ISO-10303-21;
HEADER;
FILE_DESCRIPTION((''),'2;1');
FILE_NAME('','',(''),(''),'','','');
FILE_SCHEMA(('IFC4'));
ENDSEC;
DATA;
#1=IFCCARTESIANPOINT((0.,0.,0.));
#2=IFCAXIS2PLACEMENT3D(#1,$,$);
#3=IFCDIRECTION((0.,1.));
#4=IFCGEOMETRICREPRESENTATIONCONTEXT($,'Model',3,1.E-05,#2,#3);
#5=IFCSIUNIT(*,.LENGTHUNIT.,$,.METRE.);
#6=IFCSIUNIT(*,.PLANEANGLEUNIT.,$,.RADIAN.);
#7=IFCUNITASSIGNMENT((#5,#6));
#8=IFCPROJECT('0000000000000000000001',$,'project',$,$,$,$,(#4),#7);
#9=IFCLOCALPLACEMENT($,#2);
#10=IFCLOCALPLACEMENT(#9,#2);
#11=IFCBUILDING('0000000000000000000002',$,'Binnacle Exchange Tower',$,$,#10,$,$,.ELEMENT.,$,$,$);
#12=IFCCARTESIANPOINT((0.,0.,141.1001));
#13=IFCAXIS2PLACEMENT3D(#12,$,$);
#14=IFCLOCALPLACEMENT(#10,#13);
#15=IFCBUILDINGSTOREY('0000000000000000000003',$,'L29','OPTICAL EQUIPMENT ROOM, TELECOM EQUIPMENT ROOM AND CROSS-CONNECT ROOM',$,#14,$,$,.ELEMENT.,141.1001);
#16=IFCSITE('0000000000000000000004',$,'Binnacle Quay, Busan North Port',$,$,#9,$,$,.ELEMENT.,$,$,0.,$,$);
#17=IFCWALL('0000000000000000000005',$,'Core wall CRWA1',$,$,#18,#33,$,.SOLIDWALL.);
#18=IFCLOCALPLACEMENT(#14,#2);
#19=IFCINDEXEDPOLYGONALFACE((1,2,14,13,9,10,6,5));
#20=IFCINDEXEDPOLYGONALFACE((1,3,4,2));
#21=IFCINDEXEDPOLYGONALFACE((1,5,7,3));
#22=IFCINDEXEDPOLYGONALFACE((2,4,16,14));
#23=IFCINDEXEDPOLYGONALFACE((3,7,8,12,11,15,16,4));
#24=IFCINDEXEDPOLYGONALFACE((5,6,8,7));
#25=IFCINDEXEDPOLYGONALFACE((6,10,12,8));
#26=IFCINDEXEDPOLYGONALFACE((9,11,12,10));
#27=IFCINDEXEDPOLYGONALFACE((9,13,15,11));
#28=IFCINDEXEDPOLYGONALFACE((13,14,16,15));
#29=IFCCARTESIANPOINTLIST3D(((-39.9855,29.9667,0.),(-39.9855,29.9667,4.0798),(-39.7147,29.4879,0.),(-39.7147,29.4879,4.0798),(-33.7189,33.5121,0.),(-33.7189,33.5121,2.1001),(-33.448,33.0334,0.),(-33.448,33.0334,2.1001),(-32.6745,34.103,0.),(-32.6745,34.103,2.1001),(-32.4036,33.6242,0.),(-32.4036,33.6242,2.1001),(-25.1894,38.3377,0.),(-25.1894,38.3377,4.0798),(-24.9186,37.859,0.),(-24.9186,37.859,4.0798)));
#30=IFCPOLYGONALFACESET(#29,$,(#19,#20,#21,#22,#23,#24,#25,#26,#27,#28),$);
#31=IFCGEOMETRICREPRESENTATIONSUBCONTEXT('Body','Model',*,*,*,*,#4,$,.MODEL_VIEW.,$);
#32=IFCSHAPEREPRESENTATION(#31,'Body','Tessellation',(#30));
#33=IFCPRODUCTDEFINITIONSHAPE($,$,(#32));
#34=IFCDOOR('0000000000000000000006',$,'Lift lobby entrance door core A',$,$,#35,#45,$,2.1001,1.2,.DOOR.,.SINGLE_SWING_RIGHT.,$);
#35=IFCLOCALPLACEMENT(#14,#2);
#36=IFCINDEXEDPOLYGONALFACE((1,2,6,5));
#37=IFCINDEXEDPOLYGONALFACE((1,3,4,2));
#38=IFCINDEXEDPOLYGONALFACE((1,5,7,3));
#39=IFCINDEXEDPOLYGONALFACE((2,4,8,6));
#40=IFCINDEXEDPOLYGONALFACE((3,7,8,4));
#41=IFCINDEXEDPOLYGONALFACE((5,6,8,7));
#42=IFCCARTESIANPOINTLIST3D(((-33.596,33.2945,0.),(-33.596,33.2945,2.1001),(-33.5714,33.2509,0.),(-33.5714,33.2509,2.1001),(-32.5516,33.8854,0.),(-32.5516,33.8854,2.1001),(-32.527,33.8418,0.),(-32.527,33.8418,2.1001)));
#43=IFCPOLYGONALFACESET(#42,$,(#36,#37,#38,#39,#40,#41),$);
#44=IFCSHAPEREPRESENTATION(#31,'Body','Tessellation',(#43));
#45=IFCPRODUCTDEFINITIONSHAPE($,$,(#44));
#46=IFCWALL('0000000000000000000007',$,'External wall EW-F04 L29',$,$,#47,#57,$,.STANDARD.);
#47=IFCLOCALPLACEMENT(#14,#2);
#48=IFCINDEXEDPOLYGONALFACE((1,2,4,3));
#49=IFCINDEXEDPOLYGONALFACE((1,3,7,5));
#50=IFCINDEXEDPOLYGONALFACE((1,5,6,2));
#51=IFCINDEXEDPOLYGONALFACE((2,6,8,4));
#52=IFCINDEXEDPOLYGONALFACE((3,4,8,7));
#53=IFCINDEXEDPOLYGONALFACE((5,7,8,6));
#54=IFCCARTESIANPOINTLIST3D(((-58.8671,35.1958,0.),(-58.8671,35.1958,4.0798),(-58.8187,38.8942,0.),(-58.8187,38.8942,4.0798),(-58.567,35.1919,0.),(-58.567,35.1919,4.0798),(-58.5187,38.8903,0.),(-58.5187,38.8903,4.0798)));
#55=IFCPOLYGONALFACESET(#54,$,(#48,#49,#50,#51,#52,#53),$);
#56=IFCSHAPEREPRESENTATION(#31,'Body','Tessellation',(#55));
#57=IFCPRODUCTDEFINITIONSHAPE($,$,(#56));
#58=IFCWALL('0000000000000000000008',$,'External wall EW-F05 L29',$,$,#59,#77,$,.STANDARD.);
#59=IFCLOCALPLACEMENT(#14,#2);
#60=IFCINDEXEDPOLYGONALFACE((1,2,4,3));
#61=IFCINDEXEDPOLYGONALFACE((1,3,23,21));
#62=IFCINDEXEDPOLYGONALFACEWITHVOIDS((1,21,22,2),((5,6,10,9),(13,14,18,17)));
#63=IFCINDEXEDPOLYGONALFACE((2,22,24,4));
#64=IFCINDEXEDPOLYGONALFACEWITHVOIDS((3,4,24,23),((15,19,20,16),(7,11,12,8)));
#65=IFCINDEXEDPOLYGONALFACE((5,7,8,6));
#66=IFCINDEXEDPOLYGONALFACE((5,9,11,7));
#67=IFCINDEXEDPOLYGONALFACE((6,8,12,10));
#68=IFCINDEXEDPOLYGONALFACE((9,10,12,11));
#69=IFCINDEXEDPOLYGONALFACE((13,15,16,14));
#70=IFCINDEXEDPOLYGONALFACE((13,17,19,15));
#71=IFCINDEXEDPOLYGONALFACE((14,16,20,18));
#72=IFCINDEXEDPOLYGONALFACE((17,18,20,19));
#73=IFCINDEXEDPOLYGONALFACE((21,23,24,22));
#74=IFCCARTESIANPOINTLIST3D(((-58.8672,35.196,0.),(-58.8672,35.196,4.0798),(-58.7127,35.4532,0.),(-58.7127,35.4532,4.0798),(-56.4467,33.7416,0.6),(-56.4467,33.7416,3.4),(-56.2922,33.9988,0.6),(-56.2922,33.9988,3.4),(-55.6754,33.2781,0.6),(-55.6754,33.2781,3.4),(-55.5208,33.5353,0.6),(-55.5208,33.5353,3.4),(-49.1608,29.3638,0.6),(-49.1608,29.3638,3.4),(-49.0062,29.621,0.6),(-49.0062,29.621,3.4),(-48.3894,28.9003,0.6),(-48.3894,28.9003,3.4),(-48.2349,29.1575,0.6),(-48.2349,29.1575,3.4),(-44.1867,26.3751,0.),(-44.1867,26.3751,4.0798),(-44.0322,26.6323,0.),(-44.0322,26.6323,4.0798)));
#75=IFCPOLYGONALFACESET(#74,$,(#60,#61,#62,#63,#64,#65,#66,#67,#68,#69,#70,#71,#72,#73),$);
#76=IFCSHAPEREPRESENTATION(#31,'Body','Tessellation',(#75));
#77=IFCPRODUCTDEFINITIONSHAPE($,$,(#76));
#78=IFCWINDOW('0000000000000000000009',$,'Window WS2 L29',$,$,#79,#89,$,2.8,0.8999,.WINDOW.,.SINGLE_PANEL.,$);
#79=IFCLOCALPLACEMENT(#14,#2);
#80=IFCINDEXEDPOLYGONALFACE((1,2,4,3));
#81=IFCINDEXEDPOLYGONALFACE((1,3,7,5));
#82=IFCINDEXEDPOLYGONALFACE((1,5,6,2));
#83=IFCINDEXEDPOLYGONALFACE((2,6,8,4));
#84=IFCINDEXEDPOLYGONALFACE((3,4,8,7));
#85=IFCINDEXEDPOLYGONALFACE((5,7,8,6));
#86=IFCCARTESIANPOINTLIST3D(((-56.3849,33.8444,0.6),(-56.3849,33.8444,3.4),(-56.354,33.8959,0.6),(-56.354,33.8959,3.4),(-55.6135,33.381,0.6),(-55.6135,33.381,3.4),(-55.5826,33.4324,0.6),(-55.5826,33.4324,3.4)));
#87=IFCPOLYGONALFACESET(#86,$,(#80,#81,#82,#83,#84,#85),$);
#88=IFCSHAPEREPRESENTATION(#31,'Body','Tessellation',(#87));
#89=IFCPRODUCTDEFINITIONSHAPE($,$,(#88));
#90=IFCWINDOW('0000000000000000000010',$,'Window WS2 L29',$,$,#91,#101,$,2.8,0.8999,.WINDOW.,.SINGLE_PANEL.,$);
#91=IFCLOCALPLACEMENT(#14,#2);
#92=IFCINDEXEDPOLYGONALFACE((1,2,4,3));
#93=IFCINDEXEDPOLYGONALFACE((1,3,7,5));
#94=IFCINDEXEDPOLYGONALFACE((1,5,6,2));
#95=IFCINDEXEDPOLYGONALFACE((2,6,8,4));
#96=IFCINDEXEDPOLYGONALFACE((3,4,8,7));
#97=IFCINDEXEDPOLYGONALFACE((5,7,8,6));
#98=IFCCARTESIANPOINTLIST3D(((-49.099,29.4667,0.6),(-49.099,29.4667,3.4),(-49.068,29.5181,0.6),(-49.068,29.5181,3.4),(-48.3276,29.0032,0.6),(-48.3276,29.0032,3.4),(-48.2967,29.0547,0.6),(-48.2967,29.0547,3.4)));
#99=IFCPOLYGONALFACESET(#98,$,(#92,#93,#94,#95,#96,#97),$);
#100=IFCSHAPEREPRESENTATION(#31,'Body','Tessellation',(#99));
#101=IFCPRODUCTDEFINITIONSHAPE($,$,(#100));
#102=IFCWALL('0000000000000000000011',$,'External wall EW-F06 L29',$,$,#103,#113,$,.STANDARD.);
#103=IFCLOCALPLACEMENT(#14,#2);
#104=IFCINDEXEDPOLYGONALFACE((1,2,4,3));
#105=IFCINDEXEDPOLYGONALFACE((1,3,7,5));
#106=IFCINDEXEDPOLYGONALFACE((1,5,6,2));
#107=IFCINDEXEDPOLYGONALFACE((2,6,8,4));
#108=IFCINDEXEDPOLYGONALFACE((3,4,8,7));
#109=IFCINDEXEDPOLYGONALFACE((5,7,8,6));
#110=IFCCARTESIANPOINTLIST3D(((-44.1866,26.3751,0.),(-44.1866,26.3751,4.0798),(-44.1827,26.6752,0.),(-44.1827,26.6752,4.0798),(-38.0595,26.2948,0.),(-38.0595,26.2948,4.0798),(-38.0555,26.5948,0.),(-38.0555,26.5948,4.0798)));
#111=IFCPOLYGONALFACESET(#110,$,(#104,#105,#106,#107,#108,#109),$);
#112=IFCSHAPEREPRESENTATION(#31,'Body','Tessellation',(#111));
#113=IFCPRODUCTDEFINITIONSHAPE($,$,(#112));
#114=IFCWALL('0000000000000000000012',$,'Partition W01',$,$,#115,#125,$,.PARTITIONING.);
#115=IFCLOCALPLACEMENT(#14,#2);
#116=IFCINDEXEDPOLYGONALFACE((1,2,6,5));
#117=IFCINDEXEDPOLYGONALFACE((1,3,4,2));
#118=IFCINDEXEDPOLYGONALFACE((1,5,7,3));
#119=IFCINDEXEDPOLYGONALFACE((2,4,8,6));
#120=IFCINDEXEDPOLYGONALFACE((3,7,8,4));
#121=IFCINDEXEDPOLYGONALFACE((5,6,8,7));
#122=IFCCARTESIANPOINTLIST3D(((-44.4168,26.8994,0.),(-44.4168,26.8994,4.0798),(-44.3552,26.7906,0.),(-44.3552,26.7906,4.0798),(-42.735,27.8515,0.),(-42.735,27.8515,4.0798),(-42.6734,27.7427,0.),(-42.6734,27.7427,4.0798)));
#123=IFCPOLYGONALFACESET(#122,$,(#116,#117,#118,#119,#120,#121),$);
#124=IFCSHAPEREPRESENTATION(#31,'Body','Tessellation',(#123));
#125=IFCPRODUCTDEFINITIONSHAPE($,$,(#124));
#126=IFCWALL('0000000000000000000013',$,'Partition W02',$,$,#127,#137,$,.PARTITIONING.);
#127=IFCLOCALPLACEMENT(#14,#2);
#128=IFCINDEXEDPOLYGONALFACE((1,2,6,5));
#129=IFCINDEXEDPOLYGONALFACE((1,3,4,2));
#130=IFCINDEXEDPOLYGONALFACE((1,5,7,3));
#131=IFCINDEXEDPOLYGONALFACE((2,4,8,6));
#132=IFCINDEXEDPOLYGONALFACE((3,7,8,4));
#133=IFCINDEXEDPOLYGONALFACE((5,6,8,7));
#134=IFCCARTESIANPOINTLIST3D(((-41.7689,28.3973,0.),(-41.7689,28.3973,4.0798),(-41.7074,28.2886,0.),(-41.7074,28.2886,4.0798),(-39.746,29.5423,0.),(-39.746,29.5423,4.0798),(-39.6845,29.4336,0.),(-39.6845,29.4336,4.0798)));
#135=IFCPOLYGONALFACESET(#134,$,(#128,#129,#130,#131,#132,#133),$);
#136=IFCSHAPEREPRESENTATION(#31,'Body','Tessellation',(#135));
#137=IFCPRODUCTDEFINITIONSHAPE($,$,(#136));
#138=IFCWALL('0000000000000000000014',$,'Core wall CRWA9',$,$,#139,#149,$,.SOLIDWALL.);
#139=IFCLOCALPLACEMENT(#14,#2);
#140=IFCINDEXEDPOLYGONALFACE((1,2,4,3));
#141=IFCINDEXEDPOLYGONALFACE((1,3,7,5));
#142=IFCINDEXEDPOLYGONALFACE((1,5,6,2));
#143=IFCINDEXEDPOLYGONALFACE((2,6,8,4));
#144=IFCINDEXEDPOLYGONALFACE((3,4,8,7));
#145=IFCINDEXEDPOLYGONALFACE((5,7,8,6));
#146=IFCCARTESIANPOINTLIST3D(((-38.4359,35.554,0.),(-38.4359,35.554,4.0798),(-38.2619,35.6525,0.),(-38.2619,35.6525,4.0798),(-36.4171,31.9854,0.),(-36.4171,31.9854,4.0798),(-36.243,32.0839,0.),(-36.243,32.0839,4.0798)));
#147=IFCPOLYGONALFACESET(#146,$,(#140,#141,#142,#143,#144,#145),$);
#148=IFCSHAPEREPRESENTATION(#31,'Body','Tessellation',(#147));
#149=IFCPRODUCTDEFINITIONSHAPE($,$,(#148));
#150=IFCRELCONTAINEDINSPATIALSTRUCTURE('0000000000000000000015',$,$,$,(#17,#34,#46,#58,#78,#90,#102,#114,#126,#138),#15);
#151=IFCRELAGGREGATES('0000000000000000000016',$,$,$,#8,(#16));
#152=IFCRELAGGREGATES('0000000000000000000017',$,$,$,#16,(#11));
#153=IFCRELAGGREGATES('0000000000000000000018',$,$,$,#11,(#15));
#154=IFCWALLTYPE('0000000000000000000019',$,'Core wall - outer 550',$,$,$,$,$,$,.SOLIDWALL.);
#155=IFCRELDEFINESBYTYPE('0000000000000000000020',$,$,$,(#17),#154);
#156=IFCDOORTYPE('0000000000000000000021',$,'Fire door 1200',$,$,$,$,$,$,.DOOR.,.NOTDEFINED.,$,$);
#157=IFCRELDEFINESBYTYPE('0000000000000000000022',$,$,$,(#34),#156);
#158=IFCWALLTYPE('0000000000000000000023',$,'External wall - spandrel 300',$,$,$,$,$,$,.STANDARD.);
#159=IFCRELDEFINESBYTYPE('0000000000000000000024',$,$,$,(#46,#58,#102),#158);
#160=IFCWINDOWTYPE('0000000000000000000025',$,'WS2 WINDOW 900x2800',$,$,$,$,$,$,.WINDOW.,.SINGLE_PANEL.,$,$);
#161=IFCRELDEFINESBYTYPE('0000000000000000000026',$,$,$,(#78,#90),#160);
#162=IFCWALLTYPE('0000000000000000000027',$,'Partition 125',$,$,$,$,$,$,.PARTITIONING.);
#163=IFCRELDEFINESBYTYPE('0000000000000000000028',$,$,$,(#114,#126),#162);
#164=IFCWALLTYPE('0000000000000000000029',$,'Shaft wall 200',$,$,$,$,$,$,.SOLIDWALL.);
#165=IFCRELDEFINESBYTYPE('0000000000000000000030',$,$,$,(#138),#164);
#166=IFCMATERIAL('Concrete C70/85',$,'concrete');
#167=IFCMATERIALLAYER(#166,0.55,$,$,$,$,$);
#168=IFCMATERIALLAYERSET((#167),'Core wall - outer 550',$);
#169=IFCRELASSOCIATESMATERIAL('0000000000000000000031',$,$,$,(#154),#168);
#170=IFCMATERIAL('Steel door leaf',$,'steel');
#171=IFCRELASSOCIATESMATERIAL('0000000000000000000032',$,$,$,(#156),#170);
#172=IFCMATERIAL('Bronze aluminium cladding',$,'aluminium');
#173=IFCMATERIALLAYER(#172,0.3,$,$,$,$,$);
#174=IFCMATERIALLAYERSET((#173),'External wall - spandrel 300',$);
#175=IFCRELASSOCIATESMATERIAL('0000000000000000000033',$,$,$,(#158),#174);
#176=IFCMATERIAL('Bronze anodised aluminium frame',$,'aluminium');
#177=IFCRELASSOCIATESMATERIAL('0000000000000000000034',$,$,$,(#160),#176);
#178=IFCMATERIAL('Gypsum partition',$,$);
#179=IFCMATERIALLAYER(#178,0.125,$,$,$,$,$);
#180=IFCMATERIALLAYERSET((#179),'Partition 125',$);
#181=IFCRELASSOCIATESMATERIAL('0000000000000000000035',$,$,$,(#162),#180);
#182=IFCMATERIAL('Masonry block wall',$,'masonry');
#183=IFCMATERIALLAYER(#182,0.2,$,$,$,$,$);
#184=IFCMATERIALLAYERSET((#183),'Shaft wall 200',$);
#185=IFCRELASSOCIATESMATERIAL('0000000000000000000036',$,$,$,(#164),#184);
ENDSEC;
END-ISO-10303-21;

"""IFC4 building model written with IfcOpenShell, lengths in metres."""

from ifc_helpers import new_model, si_unit, direction, frame, frame_2d, origin, place, context, subcontext, project, spatial, rectangle, extrude, material, layer, layer_set, type_object, element, fill, save


model = new_model("IFC4")

# Units and contexts
model_context = context("Model", 3, precision=1e-05, world=origin(), true_north=direction((0.0, 1.0)))
body_context = subcontext(model_context, "Body", "Model", "MODEL_VIEW")
ifc_project = project(units=[si_unit("LENGTHUNIT", "METRE"), si_unit("PLANEANGLEUNIT", "RADIAN")], contexts=[model_context])

# Site, building, storey
site_placement = place(None, origin())
site = spatial("IfcSite", under=ifc_project, at=site_placement, Name="Binnacle Quay, Busan North Port", CompositionType="ELEMENT", RefElevation=0.0)
building_placement = place(site_placement, origin())
building = spatial("IfcBuilding", under=site, at=building_placement, Name="Binnacle Exchange Tower", CompositionType="ELEMENT")
storey_placement = place(building_placement, frame((0.0, 0.0, 141.1001)))
storey = spatial("IfcBuildingStorey", under=building, at=storey_placement, Name="L29", Description="OPTICAL EQUIPMENT ROOM, TELECOM EQUIPMENT ROOM AND CROSS-CONNECT ROOM", CompositionType="ELEMENT", Elevation=141.1001)

# Shared definitions
ifc_material_1 = material(Name="Concrete C70/85", Category="concrete")

# Shared definitions
ifc_material_2 = material(Name="Steel door leaf", Category="steel")

# Wall, opening, door
ifc_layer_1 = layer(ifc_material_1, 0.55)
ifc_layer_set_1 = layer_set([ifc_layer_1], Name="Core wall - outer 550")
wall_type_1 = type_object("IfcWallType", Name="Core wall - outer 550", PredefinedType="SOLIDWALL", material=ifc_layer_set_1)
wall_1_placement = place(storey_placement, frame((-39.8501, 29.7273, 0.0), z_axis=(0.0, 0.0, 1.0), x_axis=(0.87036, 0.492416, 0.0)))
wall_1 = element("IfcWall", 1, at=wall_1_placement, inside=storey, type_object=wall_type_1, Name="Core wall CRWA1", PredefinedType="SOLIDWALL", context=body_context, shape_type="SweptSolid", body=[
    extrude(rectangle(XDim=17.0, YDim=0.55, at=frame_2d((8.5, 0.0))), origin(), (0.0, 0.0, 1.0), 4.0798),
])
opening_1_placement = place(wall_1_placement, frame((7.2, 0.0, 0.0)))
opening_1 = element("IfcOpeningElement", 2, at=opening_1_placement, cuts=wall_1, PredefinedType="OPENING", context=body_context, shape_type="SweptSolid", body=[
    extrude(rectangle(XDim=1.2, YDim=2.1001, at=frame_2d((0.6001, 1.05))), frame((0.0, 0.2849, 0.0), z_axis=(0.0, -1.0, 0.0), x_axis=(1.0, 0.0, 0.0)), (0.0, 0.0, 1.0), 0.5701),
])
door_type_1 = type_object("IfcDoorType", Name="Fire door 1200", OperationType="NOTDEFINED", PredefinedType="DOOR", material=ifc_material_2)
door_1_placement = place(opening_1_placement, frame((1.2, 0.0, 0.0), z_axis=(0.0, 0.0, 1.0), x_axis=(-1.0, 0.0, 0.0)))
door_1 = element("IfcDoor", 3, at=door_1_placement, inside=storey, type_object=door_type_1, Name="Lift lobby entrance door core A", OperationType="SINGLE_SWING_RIGHT", OverallHeight=2.1001, OverallWidth=1.2, PredefinedType="DOOR", context=body_context, shape_type="SweptSolid", body=[
    extrude(rectangle(XDim=1.2, YDim=2.1001, at=frame_2d((0.6001, 1.05))), frame((0.0, 0.0249, 0.0), z_axis=(0.0, -1.0, 0.0), x_axis=(1.0, 0.0, 0.0)), (0.0, 0.0, 1.0), 0.05),
])
fill(opening_1, door_1)

# Wall
ifc_material_3 = material(Name="Bronze aluminium cladding", Category="aluminium")
ifc_layer_2 = layer(ifc_material_3, 0.3)
ifc_layer_set_2 = layer_set([ifc_layer_2], Name="External wall - spandrel 300")
wall_type_2 = type_object("IfcWallType", Name="External wall - spandrel 300", PredefinedType="STANDARD", material=ifc_layer_set_2)
wall_2_placement = place(storey_placement, frame((-58.717, 35.1938, 0.0), z_axis=(0.0, 0.0, 1.0), x_axis=(0.013069, 0.999915, 0.0)))
element("IfcWall", 4, at=wall_2_placement, inside=storey, type_object=wall_type_2, Name="External wall EW-F04 L29", PredefinedType="STANDARD", context=body_context, shape_type="SweptSolid", body=[
    extrude(rectangle(XDim=3.6987, YDim=0.3, at=frame_2d((1.8494, 0.0))), origin(), (0.0, 0.0, 1.0), 4.0798),
])

# Wall, openings, windows
wall_3_placement = place(storey_placement, frame((-44.1094, 26.5037, 0.0), z_axis=(0.0, 0.0, 1.0), x_axis=(-0.85717, 0.515034, 0.0)))
wall_3 = element("IfcWall", 5, at=wall_3_placement, inside=storey, type_object=wall_type_2, Name="External wall EW-F05 L29", PredefinedType="STANDARD", context=body_context, shape_type="SweptSolid", body=[
    extrude(rectangle(XDim=17.1267, YDim=0.3, at=frame_2d((8.5635, 0.0))), origin(), (0.0, 0.0, 1.0), 4.0798),
])
opening_2_placement = place(wall_3_placement, frame((13.4031, 0.0, 0.6001)))
opening_2 = element("IfcOpeningElement", 6, at=opening_2_placement, cuts=wall_3, PredefinedType="OPENING", context=body_context, shape_type="SweptSolid", body=[
    extrude(rectangle(XDim=0.8999, YDim=2.8, at=frame_2d((0.45, 1.3999))), frame((0.0, 0.1599, 0.0), z_axis=(0.0, -1.0, 0.0), x_axis=(1.0, 0.0, 0.0)), (0.0, 0.0, 1.0), 0.3201),
])
opening_3_placement = place(wall_3_placement, frame((4.9031, 0.0, 0.6001)))
opening_3 = element("IfcOpeningElement", 7, at=opening_3_placement, cuts=wall_3, PredefinedType="OPENING", context=body_context, shape_type="SweptSolid", body=[
    extrude(rectangle(XDim=0.8999, YDim=2.8, at=frame_2d((0.45, 1.3999))), frame((0.0, 0.1599, 0.0), z_axis=(0.0, -1.0, 0.0), x_axis=(1.0, 0.0, 0.0)), (0.0, 0.0, 1.0), 0.3201),
])
ifc_material_4 = material(Name="Bronze anodised aluminium frame", Category="aluminium")
window_type = type_object("IfcWindowType", Name="WS2 WINDOW 900x2800", PartitioningType="SINGLE_PANEL", PredefinedType="WINDOW", material=ifc_material_4)
window_1_placement = place(opening_2_placement, origin())
window_1 = element("IfcWindow", 8, at=window_1_placement, inside=storey, type_object=window_type, Name="Window WS2 L29", OverallHeight=2.8, OverallWidth=0.8999, PartitioningType="SINGLE_PANEL", PredefinedType="WINDOW", context=body_context, shape_type="SweptSolid", body=[
    extrude(rectangle(XDim=0.8999, YDim=2.8, at=frame_2d((0.45, 1.3999))), frame((0.0, 0.03, 0.0), z_axis=(0.0, -1.0, 0.0), x_axis=(1.0, 0.0, 0.0)), (0.0, 0.0, 1.0), 0.0601),
])
fill(opening_2, window_1)
window_2_placement = place(opening_3_placement, origin())
window_2 = element("IfcWindow", 9, at=window_2_placement, inside=storey, type_object=window_type, Name="Window WS2 L29", OverallHeight=2.8, OverallWidth=0.8999, PartitioningType="SINGLE_PANEL", PredefinedType="WINDOW", context=body_context, shape_type="SweptSolid", body=[
    extrude(rectangle(XDim=0.8999, YDim=2.8, at=frame_2d((0.45, 1.3999))), frame((0.0, 0.03, 0.0), z_axis=(0.0, -1.0, 0.0), x_axis=(1.0, 0.0, 0.0)), (0.0, 0.0, 1.0), 0.0601),
])
fill(opening_3, window_2)

# Walls
wall_4_placement = place(storey_placement, frame((-38.0574, 26.4448, 0.0), z_axis=(0.0, 0.0, 1.0), x_axis=(-0.999914, 0.013108, 0.0)))
element("IfcWall", 10, at=wall_4_placement, inside=storey, type_object=wall_type_2, Name="External wall EW-F06 L29", PredefinedType="STANDARD", context=body_context, shape_type="SweptSolid", body=[
    extrude(rectangle(XDim=6.1277, YDim=0.3, at=frame_2d((3.064, 0.0))), origin(), (0.0, 0.0, 1.0), 4.0798),
])
ifc_material_5 = material(Name="Gypsum partition")
ifc_layer_3 = layer(ifc_material_5, 0.125)
ifc_layer_set_3 = layer_set([ifc_layer_3], Name="Partition 125")
wall_type_3 = type_object("IfcWallType", Name="Partition 125", PredefinedType="PARTITIONING", material=ifc_layer_set_3)
wall_5_placement = place(storey_placement, frame((-44.386, 26.845, 0.0), z_axis=(0.0, 0.0, 1.0), x_axis=(0.870226, 0.492652, 0.0)))
element("IfcWall", 11, at=wall_5_placement, inside=storey, type_object=wall_type_3, Name="Partition W01", PredefinedType="PARTITIONING", context=body_context, shape_type="SweptSolid", body=[
    extrude(rectangle(XDim=1.9326, YDim=0.125, at=frame_2d((0.9663, 0.0))), origin(), (0.0, 0.0, 1.0), 4.0798),
])
wall_6_placement = place(storey_placement, frame((-41.738, 28.343, 0.0), z_axis=(0.0, 0.0, 1.0), x_axis=(0.870265, 0.492583, 0.0)))
element("IfcWall", 12, at=wall_6_placement, inside=storey, type_object=wall_type_3, Name="Partition W02", PredefinedType="PARTITIONING", context=body_context, shape_type="SweptSolid", body=[
    extrude(rectangle(XDim=2.3245, YDim=0.125, at=frame_2d((1.1621, 0.0))), origin(), (0.0, 0.0, 1.0), 4.0798),
])
ifc_material_6 = material(Name="Masonry block wall", Category="masonry")
ifc_layer_4 = layer(ifc_material_6, 0.2)
ifc_layer_set_4 = layer_set([ifc_layer_4], Name="Shaft wall 200")
wall_type_4 = type_object("IfcWallType", Name="Shaft wall 200", PredefinedType="SOLIDWALL", material=ifc_layer_set_4)
wall_7_placement = place(storey_placement, frame((-38.3489, 35.6033, 0.0), z_axis=(0.0, 0.0, 1.0), x_axis=(0.492383, -0.870379, 0.0)))
element("IfcWall", 13, at=wall_7_placement, inside=storey, type_object=wall_type_4, Name="Core wall CRWA9", PredefinedType="SOLIDWALL", context=body_context, shape_type="SweptSolid", body=[
    extrude(rectangle(XDim=4.1001, YDim=0.2, at=frame_2d((2.05, 0.0))), origin(), (0.0, 0.0, 1.0), 4.0798),
])

save(model, "model.ifc")
